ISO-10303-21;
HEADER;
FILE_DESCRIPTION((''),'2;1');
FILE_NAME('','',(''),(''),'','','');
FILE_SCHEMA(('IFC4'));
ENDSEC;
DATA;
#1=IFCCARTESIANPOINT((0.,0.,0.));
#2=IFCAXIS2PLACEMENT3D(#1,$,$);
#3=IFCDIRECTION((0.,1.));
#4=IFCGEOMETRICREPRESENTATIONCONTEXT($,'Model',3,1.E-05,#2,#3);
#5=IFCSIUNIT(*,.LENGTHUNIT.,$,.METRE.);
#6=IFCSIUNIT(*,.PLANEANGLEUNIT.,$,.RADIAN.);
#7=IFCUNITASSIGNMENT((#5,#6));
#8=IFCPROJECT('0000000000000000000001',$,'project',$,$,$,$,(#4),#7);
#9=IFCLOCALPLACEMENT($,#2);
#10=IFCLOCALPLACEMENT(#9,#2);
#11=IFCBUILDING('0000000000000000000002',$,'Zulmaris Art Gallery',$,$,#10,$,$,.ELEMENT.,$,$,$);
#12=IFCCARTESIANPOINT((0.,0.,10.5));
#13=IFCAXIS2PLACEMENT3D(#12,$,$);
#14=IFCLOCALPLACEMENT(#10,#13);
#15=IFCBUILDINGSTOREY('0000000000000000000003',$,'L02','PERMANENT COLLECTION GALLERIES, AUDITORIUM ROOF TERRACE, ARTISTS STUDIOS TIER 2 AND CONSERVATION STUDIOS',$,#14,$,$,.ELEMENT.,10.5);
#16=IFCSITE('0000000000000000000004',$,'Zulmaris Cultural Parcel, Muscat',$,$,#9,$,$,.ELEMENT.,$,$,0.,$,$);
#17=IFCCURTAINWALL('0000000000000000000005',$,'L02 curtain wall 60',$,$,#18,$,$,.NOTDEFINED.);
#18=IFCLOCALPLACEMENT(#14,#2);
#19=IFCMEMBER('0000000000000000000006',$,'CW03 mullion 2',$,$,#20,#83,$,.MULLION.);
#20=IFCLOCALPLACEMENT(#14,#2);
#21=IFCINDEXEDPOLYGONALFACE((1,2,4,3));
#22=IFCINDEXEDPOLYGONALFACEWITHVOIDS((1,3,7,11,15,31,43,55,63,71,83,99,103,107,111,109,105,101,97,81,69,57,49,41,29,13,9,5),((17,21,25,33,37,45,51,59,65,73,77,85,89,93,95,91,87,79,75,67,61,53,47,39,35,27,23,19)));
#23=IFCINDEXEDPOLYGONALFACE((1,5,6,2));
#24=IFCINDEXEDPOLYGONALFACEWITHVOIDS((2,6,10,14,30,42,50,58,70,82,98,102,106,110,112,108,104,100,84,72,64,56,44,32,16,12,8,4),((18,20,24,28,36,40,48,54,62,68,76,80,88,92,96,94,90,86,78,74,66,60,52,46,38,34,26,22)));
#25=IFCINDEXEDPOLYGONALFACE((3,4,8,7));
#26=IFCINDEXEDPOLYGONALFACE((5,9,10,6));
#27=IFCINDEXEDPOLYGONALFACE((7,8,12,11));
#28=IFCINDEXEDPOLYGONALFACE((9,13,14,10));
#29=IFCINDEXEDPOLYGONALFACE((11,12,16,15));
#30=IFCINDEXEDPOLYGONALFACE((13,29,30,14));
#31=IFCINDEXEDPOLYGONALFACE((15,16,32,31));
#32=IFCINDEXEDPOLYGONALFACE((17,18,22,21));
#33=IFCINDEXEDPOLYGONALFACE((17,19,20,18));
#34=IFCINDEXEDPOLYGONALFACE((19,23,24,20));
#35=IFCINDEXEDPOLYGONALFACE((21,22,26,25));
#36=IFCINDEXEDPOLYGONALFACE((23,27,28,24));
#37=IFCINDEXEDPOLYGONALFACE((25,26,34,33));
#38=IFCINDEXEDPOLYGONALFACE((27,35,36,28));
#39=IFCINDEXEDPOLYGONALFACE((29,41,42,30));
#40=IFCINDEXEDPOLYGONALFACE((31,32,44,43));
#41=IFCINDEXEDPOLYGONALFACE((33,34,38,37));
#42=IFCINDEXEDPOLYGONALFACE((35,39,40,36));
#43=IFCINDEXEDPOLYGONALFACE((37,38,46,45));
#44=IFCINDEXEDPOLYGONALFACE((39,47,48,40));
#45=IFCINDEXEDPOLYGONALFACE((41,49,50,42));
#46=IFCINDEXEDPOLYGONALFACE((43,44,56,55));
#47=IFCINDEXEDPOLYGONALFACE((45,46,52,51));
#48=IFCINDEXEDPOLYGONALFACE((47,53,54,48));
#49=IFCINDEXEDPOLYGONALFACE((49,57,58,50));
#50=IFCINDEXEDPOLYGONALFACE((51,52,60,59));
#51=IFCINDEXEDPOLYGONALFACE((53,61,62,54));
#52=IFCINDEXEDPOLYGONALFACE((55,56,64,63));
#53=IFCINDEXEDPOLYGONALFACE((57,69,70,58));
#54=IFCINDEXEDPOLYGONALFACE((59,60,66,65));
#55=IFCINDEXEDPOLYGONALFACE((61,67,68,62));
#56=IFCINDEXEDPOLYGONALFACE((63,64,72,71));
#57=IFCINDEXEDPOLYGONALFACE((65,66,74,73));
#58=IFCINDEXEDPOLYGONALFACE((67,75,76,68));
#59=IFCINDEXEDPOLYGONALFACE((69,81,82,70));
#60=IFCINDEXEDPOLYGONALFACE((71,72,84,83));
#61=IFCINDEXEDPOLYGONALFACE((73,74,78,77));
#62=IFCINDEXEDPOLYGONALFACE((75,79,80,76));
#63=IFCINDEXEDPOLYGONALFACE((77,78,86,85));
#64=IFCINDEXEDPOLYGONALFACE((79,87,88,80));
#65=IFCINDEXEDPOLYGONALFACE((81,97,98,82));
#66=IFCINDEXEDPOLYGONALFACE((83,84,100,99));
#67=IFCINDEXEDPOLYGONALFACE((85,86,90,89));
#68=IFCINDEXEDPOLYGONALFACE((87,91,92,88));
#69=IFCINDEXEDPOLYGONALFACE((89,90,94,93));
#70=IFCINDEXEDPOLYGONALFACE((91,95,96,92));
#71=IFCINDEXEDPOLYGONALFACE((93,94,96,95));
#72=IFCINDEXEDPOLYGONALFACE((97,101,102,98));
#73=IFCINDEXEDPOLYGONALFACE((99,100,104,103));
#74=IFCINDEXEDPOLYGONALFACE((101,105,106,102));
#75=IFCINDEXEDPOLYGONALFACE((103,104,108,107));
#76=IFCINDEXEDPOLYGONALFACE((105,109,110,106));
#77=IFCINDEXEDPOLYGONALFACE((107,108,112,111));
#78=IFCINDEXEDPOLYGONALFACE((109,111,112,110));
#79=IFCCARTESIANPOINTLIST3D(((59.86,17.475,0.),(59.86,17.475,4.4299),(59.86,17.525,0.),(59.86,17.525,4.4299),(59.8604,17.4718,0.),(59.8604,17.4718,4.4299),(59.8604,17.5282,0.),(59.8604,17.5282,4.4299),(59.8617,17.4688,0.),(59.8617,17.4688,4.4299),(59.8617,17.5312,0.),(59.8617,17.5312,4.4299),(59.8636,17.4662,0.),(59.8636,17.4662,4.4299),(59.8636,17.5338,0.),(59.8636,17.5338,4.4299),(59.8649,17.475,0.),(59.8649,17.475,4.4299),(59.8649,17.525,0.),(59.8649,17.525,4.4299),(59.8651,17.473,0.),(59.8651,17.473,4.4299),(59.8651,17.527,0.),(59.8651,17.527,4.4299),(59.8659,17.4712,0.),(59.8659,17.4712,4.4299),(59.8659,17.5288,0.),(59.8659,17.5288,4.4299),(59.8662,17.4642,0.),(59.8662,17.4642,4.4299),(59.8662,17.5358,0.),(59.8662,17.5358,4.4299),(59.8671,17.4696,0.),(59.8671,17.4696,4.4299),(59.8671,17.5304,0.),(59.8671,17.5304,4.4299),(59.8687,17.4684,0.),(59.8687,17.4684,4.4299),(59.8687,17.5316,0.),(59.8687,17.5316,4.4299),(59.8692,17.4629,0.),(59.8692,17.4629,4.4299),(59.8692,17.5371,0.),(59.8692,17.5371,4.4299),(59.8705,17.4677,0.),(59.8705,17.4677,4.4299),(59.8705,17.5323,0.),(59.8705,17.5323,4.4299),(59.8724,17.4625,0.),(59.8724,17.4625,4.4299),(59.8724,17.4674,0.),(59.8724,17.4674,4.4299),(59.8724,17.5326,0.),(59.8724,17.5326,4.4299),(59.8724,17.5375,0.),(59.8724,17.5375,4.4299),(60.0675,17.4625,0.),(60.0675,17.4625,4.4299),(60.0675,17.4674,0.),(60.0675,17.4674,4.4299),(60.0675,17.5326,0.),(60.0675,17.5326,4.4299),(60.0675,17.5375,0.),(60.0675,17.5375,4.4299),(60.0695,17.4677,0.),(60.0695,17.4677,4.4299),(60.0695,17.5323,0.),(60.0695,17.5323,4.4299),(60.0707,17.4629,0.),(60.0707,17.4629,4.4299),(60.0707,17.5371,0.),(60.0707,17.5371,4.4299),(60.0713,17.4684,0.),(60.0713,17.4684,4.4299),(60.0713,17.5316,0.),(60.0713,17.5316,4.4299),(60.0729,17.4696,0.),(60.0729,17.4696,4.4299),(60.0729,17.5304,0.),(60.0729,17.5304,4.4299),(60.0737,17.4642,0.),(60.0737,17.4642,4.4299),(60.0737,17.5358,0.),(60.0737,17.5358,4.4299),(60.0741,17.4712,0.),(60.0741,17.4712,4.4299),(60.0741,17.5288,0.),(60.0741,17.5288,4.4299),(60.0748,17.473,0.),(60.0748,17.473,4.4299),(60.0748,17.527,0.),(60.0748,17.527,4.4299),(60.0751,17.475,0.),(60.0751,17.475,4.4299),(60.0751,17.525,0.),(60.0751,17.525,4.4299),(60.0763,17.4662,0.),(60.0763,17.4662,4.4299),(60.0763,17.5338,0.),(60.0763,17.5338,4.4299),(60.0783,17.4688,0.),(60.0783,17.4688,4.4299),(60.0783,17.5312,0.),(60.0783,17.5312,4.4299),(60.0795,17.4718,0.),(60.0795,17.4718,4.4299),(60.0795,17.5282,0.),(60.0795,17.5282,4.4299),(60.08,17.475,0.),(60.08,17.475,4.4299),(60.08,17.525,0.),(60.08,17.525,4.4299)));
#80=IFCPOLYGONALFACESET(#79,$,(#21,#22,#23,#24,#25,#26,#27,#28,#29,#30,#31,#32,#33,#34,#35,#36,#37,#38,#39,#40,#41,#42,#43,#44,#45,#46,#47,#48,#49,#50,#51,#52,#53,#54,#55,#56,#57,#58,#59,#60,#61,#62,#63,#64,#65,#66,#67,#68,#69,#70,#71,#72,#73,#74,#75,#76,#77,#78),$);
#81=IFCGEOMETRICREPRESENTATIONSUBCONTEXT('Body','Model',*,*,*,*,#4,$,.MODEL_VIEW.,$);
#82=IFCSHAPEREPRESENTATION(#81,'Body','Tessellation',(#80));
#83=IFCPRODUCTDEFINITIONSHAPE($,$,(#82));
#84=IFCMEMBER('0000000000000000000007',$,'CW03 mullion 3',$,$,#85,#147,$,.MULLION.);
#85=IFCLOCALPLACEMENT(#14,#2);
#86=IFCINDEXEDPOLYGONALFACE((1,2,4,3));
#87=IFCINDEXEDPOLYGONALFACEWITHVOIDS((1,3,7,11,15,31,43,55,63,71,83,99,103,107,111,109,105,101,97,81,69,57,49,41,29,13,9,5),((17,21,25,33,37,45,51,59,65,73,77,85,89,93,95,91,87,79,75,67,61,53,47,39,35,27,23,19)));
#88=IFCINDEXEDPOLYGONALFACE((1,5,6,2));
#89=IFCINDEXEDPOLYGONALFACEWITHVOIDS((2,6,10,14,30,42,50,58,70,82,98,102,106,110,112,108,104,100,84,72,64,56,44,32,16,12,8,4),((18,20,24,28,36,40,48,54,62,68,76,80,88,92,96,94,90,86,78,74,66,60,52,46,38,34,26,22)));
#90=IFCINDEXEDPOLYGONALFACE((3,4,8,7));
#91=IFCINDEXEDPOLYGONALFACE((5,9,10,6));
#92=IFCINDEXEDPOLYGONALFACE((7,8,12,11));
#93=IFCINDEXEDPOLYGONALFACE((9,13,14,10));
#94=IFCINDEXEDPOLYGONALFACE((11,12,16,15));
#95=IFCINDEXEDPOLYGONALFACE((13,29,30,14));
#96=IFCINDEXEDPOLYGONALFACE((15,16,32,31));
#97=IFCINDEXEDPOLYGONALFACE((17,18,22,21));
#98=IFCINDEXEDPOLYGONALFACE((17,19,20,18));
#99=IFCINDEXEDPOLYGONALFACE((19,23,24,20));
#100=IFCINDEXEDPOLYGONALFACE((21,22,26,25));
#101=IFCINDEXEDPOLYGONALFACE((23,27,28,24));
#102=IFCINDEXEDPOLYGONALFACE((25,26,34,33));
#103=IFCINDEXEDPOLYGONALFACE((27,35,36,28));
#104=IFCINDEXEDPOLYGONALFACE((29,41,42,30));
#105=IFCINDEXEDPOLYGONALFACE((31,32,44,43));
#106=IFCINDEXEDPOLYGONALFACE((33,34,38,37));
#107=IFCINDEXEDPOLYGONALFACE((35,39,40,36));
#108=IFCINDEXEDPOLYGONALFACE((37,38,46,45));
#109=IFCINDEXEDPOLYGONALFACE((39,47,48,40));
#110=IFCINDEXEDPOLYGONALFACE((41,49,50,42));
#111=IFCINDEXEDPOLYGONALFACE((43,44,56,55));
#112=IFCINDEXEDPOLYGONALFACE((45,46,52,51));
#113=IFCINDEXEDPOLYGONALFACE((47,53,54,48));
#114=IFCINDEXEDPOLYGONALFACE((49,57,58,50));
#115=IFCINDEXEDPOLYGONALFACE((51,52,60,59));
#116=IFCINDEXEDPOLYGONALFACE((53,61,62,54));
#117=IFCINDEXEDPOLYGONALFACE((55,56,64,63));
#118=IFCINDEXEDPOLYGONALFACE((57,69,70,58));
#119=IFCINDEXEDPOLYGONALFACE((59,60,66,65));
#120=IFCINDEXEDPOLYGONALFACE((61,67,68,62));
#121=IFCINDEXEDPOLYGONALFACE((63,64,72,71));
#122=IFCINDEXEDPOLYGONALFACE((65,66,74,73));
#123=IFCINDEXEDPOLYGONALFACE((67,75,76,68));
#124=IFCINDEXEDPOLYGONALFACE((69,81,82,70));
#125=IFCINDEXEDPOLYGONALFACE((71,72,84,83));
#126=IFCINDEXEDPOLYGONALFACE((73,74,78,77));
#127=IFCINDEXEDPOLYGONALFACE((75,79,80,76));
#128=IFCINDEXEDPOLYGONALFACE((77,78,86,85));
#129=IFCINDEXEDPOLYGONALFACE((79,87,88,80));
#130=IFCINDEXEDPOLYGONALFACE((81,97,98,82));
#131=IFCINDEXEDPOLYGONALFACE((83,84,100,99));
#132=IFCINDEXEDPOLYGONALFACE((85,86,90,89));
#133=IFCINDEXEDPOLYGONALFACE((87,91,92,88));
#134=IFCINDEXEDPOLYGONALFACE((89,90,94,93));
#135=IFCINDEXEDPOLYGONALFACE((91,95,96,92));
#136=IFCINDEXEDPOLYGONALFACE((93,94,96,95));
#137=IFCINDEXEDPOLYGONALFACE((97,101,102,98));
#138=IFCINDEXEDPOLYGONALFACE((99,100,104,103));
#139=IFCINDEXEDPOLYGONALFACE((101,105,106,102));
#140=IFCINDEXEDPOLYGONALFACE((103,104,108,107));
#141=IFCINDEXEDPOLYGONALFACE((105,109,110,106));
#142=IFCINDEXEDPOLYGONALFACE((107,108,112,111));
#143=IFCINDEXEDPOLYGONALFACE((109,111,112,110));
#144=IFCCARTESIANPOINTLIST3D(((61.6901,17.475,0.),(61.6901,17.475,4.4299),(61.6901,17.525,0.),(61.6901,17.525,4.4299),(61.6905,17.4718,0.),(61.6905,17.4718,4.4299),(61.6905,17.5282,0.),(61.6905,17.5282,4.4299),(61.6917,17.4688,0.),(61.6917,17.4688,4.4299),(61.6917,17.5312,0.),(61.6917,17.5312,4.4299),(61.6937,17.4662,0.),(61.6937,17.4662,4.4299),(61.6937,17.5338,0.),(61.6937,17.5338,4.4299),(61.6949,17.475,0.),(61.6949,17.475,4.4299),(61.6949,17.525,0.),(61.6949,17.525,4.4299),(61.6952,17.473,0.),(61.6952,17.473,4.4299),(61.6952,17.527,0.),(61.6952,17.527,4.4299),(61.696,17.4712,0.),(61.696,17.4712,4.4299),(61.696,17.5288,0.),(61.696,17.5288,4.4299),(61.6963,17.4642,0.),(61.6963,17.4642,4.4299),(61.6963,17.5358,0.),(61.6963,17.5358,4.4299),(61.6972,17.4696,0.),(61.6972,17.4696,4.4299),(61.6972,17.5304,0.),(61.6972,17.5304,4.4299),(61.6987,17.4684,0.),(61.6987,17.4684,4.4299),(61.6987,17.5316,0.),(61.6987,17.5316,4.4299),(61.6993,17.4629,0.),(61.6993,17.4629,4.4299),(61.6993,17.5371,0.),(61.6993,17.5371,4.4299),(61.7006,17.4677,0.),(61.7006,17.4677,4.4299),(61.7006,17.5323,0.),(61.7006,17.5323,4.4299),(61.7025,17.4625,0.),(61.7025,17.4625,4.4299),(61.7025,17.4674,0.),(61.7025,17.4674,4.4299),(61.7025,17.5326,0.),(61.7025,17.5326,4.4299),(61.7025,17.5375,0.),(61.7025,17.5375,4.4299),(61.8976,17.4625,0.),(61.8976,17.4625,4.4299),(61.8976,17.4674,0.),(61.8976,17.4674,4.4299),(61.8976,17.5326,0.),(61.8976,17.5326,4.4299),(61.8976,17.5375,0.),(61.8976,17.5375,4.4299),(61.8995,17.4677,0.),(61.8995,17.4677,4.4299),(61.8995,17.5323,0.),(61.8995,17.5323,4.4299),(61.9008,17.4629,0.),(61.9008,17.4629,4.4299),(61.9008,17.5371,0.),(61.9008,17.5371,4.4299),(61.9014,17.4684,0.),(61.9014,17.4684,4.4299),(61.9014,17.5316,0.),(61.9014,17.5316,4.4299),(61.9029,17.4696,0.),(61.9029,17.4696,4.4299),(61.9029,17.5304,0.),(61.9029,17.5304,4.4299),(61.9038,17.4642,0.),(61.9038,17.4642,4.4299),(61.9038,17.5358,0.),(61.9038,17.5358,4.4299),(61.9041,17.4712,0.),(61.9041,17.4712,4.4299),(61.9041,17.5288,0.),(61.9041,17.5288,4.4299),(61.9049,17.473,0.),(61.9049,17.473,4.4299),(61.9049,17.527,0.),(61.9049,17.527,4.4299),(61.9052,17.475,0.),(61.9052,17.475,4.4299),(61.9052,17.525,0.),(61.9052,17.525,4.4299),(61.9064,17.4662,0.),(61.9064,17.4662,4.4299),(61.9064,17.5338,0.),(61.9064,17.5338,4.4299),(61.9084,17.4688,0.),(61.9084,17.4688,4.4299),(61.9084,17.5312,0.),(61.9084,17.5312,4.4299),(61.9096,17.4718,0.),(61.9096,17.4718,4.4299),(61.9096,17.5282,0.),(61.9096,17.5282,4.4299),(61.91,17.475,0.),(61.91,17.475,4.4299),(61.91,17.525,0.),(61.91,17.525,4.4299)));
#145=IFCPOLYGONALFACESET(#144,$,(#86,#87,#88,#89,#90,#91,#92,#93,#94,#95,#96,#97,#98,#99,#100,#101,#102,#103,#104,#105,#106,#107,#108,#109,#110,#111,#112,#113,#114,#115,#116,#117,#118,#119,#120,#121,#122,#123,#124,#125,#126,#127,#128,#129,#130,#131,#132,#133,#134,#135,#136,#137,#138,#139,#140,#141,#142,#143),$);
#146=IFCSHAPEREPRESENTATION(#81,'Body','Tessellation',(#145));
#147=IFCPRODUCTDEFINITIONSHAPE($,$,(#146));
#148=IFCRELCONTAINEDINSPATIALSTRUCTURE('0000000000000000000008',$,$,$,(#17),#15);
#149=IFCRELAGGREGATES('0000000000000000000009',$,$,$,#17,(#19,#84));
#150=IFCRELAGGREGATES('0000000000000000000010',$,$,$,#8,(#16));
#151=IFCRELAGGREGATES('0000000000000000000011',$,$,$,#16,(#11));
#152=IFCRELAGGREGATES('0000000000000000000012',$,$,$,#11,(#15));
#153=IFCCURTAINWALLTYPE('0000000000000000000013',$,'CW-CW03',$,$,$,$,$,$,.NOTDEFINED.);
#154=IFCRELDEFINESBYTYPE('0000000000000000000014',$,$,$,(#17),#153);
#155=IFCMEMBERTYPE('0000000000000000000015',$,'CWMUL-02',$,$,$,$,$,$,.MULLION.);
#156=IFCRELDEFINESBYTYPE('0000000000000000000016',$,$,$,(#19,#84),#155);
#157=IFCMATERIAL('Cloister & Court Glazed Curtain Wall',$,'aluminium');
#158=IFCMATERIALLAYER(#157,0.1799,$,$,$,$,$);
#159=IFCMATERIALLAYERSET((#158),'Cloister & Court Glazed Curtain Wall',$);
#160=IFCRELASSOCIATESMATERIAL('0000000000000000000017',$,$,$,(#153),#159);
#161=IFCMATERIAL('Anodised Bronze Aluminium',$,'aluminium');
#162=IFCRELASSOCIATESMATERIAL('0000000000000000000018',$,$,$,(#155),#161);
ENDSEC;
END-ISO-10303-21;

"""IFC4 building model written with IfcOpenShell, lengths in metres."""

from ifc_helpers import new_model, si_unit, direction, frame, origin, origin_2d, place, context, subcontext, project, spatial, hollow_rectangle, extrude, material, layer, layer_set, material_profile, profile_set, type_object, element, aggregate, save


model = new_model("IFC4")

# Units and contexts
model_context = context("Model", 3, precision=1e-05, world=origin(), true_north=direction((0.0, 1.0)))
body_context = subcontext(model_context, "Body", "Model", "MODEL_VIEW")
ifc_project = project(units=[si_unit("LENGTHUNIT", "METRE"), si_unit("PLANEANGLEUNIT", "RADIAN")], contexts=[model_context])

# Site, building, storey
site_placement = place(None, origin())
site = spatial("IfcSite", under=ifc_project, at=site_placement, Name="Zulmaris Cultural Parcel, Muscat", CompositionType="ELEMENT", RefElevation=0.0)
building_placement = place(site_placement, origin())
building = spatial("IfcBuilding", under=site, at=building_placement, Name="Zulmaris Art Gallery", CompositionType="ELEMENT")
storey_placement = place(building_placement, frame((0.0, 0.0, 10.5)))
storey = spatial("IfcBuildingStorey", under=building, at=storey_placement, Name="L02", Description="PERMANENT COLLECTION GALLERIES, AUDITORIUM ROOF TERRACE, ARTISTS STUDIOS TIER 2 AND CONSERVATION STUDIOS", CompositionType="ELEMENT", Elevation=10.5)

# Shared definitions
ifc_material_1 = material(Name="Cloister & Court Glazed Curtain Wall", Category="aluminium")
ifc_layer_1 = layer(ifc_material_1, 0.1799)
ifc_layer_set_1 = layer_set([ifc_layer_1], Name="Cloister & Court Glazed Curtain Wall")
curtain_wall_type = type_object("IfcCurtainWallType", Name="CW-CW03", PredefinedType="NOTDEFINED", material=ifc_layer_set_1)
ifc_material_2 = material(Name="Anodised Bronze Aluminium", Category="aluminium")
ifc_material_profile_1 = material_profile(ifc_material_2, hollow_rectangle(XDim=0.075, YDim=0.22, WallThickness=0.0049, InnerFilletRadius=0.0076, OuterFilletRadius=0.0125, at=origin_2d()), Name="ALU 75x220x5")
ifc_profile_set_1 = profile_set([ifc_material_profile_1], Name="Anodised Bronze Aluminium")
member_type_1 = type_object("IfcMemberType", Name="CWMUL-02", PredefinedType="MULLION", material=ifc_profile_set_1)

# Curtain wall, members
curtain_wall_1_placement = place(storey_placement, origin())
curtain_wall_1 = element("IfcCurtainWall", 1, at=curtain_wall_1_placement, inside=storey, type_object=curtain_wall_type, Name="L02 curtain wall 60", PredefinedType="NOTDEFINED")
member_1_placement = place(storey_placement, frame((59.97, 17.5, 0.0), z_axis=(0.0, 0.0, 1.0), x_axis=(0.0, 1.0, 0.0)))
member_1 = element("IfcMember", 2, at=member_1_placement, type_object=member_type_1, Name="CW03 mullion 2", PredefinedType="MULLION", context=body_context, shape_type="SweptSolid", body=[
    extrude(hollow_rectangle(XDim=0.075, YDim=0.22, WallThickness=0.0049, InnerFilletRadius=0.0076, OuterFilletRadius=0.0125, at=origin_2d()), origin(), (0.0, 0.0, 1.0), 4.4299),
])
member_2_placement = place(storey_placement, frame((61.8, 17.5, 0.0), z_axis=(0.0, 0.0, 1.0), x_axis=(0.0, 1.0, 0.0)))
member_2 = element("IfcMember", 3, at=member_2_placement, type_object=member_type_1, Name="CW03 mullion 3", PredefinedType="MULLION", context=body_context, shape_type="SweptSolid", body=[
    extrude(hollow_rectangle(XDim=0.075, YDim=0.22, WallThickness=0.0049, InnerFilletRadius=0.0076, OuterFilletRadius=0.0125, at=origin_2d()), origin(), (0.0, 0.0, 1.0), 4.4299),
])
aggregate(curtain_wall_1, [member_1, member_2])

save(model, "model.ifc")
